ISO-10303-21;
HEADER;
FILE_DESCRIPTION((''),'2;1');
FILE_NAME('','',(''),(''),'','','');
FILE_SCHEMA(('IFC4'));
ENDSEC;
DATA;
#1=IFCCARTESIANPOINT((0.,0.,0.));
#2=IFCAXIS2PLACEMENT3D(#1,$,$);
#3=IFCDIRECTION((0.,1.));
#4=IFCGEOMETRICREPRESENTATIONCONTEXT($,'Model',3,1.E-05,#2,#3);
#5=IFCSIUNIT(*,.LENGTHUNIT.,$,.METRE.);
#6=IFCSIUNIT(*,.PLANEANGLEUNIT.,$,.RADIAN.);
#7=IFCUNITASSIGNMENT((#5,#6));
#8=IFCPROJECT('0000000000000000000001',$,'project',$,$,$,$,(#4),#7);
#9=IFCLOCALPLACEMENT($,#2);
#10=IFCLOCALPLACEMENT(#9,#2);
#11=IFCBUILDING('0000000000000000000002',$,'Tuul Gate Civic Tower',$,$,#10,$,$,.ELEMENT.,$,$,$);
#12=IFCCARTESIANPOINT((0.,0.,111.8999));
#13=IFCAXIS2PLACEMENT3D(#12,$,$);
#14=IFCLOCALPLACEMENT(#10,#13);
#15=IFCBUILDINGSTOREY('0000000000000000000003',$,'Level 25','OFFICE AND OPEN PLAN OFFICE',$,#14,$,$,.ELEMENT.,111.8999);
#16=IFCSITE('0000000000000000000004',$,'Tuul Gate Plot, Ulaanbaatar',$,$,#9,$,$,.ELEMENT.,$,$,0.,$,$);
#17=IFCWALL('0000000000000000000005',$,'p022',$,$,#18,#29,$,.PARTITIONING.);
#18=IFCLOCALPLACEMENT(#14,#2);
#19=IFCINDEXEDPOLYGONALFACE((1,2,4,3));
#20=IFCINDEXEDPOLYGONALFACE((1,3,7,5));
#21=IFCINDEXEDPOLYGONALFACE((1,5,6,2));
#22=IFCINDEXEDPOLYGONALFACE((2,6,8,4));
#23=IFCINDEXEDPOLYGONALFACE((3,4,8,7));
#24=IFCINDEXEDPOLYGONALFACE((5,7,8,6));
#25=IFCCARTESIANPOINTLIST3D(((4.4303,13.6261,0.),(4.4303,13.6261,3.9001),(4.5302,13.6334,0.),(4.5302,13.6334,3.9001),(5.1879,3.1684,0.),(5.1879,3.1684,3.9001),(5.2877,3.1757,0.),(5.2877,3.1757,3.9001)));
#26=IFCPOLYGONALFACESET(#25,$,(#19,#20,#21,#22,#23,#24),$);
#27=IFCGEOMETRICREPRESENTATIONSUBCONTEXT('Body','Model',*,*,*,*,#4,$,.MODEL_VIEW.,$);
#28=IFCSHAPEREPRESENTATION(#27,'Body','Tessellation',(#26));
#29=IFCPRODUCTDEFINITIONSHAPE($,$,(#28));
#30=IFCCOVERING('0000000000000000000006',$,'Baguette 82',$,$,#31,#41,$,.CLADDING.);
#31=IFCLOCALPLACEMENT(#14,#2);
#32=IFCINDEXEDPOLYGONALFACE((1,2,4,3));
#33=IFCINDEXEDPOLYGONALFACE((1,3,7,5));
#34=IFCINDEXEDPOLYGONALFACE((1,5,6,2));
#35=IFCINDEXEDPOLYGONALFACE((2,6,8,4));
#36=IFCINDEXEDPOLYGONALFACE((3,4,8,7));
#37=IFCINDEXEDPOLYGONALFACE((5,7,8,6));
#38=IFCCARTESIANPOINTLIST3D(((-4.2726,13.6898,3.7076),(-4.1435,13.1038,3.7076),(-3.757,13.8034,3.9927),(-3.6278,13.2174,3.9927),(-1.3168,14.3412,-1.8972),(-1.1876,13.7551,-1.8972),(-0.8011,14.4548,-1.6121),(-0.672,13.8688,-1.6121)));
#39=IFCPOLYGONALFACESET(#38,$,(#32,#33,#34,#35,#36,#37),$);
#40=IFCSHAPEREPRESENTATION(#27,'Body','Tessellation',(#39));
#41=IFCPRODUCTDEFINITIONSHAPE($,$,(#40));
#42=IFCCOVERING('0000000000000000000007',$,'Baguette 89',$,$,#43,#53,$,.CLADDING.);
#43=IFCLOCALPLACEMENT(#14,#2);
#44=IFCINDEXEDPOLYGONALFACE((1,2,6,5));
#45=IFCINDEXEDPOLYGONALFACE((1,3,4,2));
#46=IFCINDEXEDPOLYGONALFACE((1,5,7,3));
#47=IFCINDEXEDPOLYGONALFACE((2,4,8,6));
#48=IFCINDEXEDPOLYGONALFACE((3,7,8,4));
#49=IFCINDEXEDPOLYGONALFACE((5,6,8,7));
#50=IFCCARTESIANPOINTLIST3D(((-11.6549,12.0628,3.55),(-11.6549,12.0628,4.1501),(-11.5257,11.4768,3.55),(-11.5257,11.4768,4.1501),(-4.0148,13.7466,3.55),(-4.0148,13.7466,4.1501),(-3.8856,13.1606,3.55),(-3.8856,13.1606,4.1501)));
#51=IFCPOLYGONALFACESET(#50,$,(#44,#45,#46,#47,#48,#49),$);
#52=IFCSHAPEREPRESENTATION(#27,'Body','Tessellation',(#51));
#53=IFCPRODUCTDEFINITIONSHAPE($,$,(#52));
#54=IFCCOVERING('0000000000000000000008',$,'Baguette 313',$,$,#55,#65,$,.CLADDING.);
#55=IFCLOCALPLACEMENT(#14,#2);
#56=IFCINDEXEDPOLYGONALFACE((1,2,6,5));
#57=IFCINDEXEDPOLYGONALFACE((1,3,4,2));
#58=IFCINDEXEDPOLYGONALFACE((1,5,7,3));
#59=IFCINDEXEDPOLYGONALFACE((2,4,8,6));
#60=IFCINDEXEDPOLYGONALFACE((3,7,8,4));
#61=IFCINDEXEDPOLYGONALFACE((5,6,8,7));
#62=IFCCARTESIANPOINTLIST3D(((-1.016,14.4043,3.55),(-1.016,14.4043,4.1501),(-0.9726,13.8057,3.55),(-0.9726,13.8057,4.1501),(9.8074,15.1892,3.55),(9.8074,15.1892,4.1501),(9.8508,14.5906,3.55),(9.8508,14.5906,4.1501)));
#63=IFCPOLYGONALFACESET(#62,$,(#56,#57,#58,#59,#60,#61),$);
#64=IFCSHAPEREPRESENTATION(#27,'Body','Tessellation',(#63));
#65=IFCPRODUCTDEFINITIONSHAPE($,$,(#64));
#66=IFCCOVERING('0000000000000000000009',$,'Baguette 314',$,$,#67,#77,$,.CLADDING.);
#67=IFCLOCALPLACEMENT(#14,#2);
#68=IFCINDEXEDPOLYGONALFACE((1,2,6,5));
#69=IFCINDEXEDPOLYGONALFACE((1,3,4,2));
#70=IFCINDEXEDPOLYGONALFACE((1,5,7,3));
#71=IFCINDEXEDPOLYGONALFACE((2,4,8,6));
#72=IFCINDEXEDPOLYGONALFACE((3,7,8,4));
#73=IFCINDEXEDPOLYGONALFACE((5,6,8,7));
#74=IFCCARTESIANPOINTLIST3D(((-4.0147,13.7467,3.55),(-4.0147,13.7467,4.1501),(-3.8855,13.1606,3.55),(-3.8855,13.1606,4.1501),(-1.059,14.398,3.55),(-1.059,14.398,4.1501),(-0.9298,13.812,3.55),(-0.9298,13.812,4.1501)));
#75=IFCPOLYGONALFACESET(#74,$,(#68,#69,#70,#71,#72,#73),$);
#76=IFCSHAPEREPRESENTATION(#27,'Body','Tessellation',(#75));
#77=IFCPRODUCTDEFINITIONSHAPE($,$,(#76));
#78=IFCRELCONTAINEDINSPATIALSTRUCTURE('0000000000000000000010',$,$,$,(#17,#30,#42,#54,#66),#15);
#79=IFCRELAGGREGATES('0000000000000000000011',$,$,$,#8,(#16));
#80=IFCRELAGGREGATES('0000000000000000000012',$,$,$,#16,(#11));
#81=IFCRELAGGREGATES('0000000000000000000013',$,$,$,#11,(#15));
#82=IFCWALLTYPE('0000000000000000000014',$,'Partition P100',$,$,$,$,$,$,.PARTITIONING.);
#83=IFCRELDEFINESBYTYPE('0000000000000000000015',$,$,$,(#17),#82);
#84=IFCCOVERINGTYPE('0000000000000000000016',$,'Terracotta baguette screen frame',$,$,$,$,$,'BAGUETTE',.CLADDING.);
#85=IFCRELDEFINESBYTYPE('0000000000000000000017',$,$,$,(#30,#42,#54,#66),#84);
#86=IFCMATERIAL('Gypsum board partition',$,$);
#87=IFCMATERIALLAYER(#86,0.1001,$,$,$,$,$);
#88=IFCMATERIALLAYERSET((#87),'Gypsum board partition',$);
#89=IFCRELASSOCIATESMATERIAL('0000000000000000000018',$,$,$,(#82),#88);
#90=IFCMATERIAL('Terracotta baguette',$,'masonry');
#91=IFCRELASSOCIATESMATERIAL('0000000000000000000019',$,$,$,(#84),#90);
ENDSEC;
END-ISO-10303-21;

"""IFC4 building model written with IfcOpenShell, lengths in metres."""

from ifc_helpers import new_model, si_unit, direction, frame, frame_2d, origin, origin_2d, place, context, subcontext, project, spatial, rectangle, extrude, material, layer, layer_set, material_profile, profile_set, type_object, element, save


model = new_model("IFC4")

# Units and contexts
model_context = context("Model", 3, precision=1e-05, world=origin(), true_north=direction((0.0, 1.0)))
body_context = subcontext(model_context, "Body", "Model", "MODEL_VIEW")
ifc_project = project(units=[si_unit("LENGTHUNIT", "METRE"), si_unit("PLANEANGLEUNIT", "RADIAN")], contexts=[model_context])

# Site, building, storey
site_placement = place(None, origin())
site = spatial("IfcSite", under=ifc_project, at=site_placement, Name="Tuul Gate Plot, Ulaanbaatar", CompositionType="ELEMENT", RefElevation=0.0)
building_placement = place(site_placement, origin())
building = spatial("IfcBuilding", under=site, at=building_placement, Name="Tuul Gate Civic Tower", CompositionType="ELEMENT")
storey_placement = place(building_placement, frame((0.0, 0.0, 111.8999)))
storey = spatial("IfcBuildingStorey", under=building, at=storey_placement, Name="Level 25", Description="OFFICE AND OPEN PLAN OFFICE", CompositionType="ELEMENT", Elevation=111.8999)

# Wall
ifc_material_1 = material(Name="Gypsum board partition")
ifc_layer_1 = layer(ifc_material_1, 0.1001)
ifc_layer_set_1 = layer_set([ifc_layer_1], Name="Gypsum board partition")
wall_type_1 = type_object("IfcWallType", Name="Partition P100", PredefinedType="PARTITIONING", material=ifc_layer_set_1)
wall_1_placement = place(storey_placement, frame((4.4802, 13.6299, 0.0), z_axis=(0.0, 0.0, 1.0), x_axis=(0.072251, -0.997386, 0.0)))
element("IfcWall", 1, at=wall_1_placement, inside=storey, type_object=wall_type_1, Name="p022", PredefinedType="PARTITIONING", context=body_context, shape_type="SweptSolid", body=[
    extrude(rectangle(XDim=10.4851, YDim=0.1001, at=frame_2d((5.2427, 0.0))), origin(), (0.0, 0.0, 1.0), 3.9001),
])

# Coverings
ifc_material_2 = material(Name="Terracotta baguette", Category="masonry")
ifc_material_profile_1 = material_profile(ifc_material_2, rectangle(XDim=0.6001, YDim=0.6001, at=origin_2d()), Name="Terracotta baguette screen frame")
ifc_profile_set_1 = profile_set([ifc_material_profile_1], Name="Terracotta baguette")
covering_type = type_object("IfcCoveringType", Name="Terracotta baguette screen frame", ElementType="BAGUETTE", PredefinedType="CLADDING", material=ifc_profile_set_1)
covering_1_placement = place(storey_placement, frame((-0.9944, 14.105, -1.7546), z_axis=(-0.464036, -0.102259, 0.879894), x_axis=(0.215205, -0.976569, 0.0)))
element("IfcCovering", 2, at=covering_1_placement, inside=storey, type_object=covering_type, Name="Baguette 82", PredefinedType="CLADDING", context=body_context, shape_type="SweptSolid", body=[
    extrude(rectangle(XDim=0.6001, YDim=0.6001, at=origin_2d()), origin(), (0.0, 0.0, 1.0), 6.3699),
])
covering_2_placement = place(storey_placement, frame((-3.9502, 13.4536, 3.8501), z_axis=(-0.976564, -0.215228, 0.0), x_axis=(0.215228, -0.976564, 0.0)))
element("IfcCovering", 3, at=covering_2_placement, inside=storey, type_object=covering_type, Name="Baguette 89", PredefinedType="CLADDING", context=body_context, shape_type="SweptSolid", body=[
    extrude(rectangle(XDim=0.6001, YDim=0.6001, at=origin_2d()), origin(), (0.0, 0.0, 1.0), 7.8235),
])
covering_3_placement = place(storey_placement, frame((9.8291, 14.8899, 3.8501), z_axis=(-0.997381, -0.072329, 0.0), x_axis=(0.072329, -0.997381, 0.0)))
element("IfcCovering", 4, at=covering_3_placement, inside=storey, type_object=covering_type, Name="Baguette 313", PredefinedType="CLADDING", context=body_context, shape_type="SweptSolid", body=[
    extrude(rectangle(XDim=0.6001, YDim=0.6001, at=origin_2d()), origin(), (0.0, 0.0, 1.0), 10.8518),
])
covering_4_placement = place(storey_placement, frame((-0.9944, 14.105, 3.8501), z_axis=(-0.976569, -0.215205, 0.0), x_axis=(0.215205, -0.976569, 0.0)))
element("IfcCovering", 5, at=covering_4_placement, inside=storey, type_object=covering_type, Name="Baguette 314", PredefinedType="CLADDING", context=body_context, shape_type="SweptSolid", body=[
    extrude(rectangle(XDim=0.6001, YDim=0.6001, at=origin_2d()), origin(), (0.0, 0.0, 1.0), 3.0266),
])

save(model, "model.ifc")
